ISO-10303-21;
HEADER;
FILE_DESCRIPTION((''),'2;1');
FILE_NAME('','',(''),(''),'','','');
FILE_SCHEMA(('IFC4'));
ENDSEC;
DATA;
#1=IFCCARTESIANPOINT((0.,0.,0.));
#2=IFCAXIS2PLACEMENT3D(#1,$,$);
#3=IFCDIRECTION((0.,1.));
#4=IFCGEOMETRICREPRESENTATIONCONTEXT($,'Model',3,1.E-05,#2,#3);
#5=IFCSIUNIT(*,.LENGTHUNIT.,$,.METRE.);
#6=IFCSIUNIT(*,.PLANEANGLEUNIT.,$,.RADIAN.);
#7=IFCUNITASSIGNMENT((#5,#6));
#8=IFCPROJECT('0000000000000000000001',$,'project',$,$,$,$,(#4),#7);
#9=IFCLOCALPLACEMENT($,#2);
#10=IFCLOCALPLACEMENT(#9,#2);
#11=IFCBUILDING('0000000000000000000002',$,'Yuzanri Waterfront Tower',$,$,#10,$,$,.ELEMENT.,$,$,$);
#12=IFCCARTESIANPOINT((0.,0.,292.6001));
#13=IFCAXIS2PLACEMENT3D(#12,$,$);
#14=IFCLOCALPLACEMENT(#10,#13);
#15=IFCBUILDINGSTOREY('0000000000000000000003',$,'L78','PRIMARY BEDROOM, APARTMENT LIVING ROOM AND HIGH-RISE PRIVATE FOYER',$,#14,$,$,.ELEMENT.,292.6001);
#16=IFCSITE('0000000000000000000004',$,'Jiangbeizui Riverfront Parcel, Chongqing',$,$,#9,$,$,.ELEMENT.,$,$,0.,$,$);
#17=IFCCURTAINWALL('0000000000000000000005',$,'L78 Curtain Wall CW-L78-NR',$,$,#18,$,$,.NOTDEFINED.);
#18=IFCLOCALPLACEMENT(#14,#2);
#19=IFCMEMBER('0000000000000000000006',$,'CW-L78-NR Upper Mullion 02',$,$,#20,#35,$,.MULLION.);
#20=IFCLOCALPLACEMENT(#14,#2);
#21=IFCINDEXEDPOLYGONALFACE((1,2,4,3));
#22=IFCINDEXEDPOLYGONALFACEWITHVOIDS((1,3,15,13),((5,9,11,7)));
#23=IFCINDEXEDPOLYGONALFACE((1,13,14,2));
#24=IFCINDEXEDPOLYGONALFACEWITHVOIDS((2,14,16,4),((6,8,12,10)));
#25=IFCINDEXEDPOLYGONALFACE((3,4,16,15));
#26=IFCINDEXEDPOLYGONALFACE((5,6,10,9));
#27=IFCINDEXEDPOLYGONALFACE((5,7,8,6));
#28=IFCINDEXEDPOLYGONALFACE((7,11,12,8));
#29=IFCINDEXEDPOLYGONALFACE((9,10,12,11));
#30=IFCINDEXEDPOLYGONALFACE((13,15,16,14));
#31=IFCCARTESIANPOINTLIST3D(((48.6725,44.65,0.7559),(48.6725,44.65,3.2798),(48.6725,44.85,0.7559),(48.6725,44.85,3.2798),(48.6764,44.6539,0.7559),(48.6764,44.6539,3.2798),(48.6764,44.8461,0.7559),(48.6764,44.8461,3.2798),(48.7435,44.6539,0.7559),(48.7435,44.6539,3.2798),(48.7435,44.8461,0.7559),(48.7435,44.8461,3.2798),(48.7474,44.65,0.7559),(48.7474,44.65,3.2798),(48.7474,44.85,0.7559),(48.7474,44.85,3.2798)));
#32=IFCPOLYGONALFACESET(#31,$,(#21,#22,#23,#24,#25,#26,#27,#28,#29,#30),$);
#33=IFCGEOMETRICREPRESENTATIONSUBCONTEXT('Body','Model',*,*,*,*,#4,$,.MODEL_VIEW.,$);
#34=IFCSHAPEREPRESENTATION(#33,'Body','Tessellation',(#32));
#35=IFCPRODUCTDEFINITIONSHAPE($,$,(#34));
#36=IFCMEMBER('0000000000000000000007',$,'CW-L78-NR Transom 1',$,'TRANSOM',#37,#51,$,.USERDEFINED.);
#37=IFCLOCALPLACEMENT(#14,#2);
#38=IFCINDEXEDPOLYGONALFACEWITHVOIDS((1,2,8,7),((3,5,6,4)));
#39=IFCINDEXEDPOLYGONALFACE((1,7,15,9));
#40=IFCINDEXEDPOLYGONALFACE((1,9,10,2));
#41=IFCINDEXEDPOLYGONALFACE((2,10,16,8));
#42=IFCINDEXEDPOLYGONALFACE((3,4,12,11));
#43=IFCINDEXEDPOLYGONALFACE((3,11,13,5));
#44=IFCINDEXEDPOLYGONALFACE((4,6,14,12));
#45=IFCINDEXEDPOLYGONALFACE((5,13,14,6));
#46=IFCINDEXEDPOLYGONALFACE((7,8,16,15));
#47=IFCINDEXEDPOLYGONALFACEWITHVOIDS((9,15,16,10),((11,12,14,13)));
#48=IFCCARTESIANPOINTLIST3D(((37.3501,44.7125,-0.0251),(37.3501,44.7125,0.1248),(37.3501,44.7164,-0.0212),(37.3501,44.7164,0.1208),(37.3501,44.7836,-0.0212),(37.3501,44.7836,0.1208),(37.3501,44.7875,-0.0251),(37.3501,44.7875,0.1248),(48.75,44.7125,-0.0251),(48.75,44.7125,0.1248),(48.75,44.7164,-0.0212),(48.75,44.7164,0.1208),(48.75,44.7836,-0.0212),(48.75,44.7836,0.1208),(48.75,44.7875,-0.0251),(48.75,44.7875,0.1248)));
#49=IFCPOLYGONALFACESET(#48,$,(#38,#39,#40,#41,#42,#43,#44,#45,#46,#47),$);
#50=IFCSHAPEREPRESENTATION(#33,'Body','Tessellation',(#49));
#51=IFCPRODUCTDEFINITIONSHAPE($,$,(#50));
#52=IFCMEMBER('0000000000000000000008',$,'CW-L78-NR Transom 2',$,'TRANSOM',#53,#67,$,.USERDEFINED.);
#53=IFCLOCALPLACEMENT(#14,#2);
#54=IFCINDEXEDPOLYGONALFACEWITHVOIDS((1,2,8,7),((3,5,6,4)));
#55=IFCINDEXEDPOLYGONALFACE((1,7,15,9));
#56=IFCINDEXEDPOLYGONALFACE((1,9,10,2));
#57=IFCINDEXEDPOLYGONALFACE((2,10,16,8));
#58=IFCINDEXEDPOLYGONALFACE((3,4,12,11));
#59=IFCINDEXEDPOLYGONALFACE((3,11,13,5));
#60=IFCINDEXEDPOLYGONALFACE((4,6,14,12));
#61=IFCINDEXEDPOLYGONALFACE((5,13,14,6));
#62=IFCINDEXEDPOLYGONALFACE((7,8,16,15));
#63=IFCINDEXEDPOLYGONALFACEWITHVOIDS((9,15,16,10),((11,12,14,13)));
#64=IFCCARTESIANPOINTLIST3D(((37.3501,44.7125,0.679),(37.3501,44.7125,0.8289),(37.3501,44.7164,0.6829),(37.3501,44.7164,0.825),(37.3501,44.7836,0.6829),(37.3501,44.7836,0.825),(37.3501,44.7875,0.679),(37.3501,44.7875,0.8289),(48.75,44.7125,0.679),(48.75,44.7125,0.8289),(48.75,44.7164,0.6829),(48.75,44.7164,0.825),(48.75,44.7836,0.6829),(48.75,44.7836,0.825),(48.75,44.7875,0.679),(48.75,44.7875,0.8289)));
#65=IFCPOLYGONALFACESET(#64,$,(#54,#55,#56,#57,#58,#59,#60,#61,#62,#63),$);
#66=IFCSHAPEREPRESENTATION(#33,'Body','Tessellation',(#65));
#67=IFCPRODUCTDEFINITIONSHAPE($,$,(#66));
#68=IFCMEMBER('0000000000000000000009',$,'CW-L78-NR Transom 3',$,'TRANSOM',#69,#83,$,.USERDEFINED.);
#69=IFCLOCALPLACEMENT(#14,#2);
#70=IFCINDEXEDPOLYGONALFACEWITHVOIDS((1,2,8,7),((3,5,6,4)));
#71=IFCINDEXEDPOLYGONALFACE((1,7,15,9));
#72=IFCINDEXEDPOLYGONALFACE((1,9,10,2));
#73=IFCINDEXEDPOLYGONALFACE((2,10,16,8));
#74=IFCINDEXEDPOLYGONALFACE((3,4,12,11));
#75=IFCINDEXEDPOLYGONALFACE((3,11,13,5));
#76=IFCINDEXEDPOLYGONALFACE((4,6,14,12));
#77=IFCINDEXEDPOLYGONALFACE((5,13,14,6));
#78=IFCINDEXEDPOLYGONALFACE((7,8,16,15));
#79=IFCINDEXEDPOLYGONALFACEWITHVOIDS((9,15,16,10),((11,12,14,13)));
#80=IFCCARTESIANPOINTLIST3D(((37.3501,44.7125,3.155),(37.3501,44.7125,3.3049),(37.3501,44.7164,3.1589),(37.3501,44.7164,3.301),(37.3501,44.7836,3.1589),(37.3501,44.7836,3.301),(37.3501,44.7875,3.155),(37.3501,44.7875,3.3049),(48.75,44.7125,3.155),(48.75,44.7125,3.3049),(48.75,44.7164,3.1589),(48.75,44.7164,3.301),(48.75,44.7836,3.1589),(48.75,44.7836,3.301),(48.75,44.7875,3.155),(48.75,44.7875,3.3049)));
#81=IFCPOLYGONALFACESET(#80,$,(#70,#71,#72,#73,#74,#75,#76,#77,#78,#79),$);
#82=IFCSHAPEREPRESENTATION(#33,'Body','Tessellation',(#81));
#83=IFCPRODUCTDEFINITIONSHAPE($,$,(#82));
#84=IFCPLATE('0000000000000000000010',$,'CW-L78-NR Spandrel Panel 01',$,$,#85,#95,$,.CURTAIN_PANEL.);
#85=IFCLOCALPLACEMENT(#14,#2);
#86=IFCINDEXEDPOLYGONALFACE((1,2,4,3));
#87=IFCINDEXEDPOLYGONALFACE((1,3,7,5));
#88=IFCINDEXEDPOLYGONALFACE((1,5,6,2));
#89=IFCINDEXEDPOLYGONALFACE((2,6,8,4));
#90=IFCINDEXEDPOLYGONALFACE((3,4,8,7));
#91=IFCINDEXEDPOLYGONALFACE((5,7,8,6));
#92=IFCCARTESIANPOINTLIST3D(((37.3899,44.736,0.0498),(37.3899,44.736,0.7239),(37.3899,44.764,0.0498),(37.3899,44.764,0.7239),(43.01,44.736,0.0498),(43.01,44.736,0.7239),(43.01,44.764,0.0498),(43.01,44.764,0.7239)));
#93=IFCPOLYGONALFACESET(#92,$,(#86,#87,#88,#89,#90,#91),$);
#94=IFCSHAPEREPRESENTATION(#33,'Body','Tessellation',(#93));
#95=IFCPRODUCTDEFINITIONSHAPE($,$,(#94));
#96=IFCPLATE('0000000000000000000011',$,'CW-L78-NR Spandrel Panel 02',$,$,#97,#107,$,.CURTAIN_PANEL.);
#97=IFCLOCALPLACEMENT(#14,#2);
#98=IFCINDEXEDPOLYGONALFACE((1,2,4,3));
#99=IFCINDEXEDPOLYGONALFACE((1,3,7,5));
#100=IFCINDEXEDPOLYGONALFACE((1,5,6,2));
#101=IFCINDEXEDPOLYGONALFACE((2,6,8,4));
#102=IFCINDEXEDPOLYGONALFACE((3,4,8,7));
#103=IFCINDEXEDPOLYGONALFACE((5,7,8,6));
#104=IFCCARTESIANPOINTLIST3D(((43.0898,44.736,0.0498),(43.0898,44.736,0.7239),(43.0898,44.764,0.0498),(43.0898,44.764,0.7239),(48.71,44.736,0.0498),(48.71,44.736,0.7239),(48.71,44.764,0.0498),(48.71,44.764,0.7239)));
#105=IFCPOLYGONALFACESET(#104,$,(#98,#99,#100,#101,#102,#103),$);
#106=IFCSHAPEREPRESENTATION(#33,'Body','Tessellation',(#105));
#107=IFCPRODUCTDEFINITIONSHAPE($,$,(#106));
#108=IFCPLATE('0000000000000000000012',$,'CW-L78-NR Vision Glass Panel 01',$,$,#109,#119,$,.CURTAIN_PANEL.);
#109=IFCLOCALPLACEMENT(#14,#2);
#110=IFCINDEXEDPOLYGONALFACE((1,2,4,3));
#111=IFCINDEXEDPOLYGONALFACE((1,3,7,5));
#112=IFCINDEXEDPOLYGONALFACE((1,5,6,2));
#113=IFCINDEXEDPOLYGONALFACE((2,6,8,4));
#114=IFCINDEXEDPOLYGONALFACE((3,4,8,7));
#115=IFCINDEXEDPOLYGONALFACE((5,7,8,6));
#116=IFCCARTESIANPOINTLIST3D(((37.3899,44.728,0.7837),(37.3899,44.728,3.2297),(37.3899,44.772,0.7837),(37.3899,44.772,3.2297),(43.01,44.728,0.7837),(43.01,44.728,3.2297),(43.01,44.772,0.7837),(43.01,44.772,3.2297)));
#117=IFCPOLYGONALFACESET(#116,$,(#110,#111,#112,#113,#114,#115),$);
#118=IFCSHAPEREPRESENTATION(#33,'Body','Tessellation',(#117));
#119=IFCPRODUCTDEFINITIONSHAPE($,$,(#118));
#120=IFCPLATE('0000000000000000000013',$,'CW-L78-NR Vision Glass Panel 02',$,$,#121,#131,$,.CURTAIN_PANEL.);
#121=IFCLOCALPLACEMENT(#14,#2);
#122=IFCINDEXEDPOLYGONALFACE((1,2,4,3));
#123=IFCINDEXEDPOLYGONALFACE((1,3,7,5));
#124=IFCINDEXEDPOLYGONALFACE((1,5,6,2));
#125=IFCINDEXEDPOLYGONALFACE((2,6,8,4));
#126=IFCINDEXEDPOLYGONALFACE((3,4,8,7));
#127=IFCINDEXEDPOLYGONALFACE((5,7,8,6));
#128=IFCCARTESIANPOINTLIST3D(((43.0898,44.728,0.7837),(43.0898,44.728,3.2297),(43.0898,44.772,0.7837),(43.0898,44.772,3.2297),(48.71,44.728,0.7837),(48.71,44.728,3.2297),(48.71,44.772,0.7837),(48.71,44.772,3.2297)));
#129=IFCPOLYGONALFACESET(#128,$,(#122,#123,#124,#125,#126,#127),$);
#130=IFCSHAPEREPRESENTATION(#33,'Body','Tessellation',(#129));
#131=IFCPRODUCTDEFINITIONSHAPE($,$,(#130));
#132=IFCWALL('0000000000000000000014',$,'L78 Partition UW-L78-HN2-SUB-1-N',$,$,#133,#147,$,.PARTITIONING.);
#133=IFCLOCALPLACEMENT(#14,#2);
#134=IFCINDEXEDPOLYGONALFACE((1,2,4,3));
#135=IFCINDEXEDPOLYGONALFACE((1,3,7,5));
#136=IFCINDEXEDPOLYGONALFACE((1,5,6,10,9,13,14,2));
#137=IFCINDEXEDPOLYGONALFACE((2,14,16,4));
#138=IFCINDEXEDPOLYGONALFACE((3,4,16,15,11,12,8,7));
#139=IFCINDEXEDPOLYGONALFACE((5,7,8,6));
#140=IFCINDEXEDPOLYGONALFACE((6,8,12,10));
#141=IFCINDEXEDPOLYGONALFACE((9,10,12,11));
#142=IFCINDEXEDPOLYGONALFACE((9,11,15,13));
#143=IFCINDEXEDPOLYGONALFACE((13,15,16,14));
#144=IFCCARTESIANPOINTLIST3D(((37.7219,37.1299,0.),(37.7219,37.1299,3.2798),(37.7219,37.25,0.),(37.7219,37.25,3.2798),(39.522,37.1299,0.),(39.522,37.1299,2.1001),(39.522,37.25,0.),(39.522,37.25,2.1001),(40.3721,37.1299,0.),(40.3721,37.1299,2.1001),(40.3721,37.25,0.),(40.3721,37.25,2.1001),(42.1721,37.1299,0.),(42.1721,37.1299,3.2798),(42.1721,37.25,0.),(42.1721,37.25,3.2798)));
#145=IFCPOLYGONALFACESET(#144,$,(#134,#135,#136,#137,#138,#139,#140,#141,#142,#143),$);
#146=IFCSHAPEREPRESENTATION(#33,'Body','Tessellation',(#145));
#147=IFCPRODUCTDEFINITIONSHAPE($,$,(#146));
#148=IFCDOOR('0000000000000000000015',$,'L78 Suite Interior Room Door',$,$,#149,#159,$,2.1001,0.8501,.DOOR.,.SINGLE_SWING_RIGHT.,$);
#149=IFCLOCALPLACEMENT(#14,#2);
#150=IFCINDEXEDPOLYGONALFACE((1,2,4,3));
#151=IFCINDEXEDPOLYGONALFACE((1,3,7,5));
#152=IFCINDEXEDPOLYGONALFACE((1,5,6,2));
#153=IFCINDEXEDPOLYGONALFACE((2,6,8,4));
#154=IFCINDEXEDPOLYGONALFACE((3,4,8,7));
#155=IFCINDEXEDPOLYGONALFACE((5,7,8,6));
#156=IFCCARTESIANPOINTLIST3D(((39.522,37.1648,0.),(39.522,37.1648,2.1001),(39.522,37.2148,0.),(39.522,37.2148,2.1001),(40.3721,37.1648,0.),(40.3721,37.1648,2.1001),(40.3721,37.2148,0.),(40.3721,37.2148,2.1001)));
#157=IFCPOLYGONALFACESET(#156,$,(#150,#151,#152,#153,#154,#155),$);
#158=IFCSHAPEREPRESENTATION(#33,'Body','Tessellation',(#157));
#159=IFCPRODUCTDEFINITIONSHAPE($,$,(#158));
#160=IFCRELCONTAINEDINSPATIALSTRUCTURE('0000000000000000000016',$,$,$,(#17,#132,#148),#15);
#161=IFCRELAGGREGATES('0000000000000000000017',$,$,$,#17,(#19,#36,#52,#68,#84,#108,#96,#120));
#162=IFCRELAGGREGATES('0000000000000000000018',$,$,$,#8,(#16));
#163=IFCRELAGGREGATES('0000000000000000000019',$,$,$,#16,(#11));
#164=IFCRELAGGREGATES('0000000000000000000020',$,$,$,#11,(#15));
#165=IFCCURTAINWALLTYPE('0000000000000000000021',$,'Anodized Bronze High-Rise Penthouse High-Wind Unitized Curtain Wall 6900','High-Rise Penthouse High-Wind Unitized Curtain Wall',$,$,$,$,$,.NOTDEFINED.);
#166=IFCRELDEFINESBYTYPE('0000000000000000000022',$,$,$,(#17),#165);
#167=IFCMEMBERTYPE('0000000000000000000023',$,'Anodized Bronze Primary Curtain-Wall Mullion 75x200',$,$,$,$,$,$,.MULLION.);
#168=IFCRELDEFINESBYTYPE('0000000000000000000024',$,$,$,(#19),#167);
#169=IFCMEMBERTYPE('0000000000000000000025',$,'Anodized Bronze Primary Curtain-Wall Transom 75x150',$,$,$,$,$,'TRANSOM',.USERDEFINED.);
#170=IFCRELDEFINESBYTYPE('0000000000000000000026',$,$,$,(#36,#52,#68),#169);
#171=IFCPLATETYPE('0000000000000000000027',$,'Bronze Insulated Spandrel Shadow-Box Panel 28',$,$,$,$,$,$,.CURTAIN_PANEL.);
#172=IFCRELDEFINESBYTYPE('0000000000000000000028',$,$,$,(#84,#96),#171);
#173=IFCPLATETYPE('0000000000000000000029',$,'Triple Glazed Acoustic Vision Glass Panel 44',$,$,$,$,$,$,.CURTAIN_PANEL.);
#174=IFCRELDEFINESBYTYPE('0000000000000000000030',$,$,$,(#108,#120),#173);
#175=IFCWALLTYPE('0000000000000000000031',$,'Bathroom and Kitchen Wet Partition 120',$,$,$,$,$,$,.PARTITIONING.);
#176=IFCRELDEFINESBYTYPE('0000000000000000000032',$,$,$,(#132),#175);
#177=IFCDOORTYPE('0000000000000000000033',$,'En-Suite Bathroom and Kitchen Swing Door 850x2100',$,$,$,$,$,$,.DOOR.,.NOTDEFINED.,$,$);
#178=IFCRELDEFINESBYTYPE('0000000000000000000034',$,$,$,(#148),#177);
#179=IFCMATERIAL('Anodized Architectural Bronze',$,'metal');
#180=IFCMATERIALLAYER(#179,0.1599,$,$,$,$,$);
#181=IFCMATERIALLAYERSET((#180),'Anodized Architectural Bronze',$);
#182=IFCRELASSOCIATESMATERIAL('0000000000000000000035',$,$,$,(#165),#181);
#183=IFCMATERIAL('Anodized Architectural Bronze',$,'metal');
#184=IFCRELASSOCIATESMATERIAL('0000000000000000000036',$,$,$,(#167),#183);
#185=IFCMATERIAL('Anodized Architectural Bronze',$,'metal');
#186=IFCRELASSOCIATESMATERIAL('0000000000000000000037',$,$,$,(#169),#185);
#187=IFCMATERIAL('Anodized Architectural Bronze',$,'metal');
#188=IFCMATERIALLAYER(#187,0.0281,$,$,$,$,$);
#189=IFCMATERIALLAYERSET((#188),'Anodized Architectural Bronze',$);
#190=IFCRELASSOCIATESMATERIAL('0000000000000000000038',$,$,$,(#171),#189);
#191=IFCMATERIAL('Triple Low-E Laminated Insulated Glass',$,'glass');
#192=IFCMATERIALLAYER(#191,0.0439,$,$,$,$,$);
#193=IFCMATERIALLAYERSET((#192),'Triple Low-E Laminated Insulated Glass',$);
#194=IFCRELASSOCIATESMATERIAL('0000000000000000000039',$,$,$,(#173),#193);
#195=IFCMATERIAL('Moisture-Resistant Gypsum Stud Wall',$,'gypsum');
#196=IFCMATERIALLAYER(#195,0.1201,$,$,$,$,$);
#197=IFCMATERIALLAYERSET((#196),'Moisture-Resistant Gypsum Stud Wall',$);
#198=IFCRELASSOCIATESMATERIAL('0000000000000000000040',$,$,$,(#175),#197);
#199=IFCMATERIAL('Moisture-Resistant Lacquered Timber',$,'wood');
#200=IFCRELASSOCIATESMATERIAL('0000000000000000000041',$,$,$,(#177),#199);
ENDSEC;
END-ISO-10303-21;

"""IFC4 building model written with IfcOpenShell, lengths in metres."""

from ifc_helpers import new_model, si_unit, direction, frame, frame_2d, origin, origin_2d, place, context, subcontext, project, spatial, rectangle, hollow_rectangle, extrude, source, transform, mapped, material, layer, layer_set, material_profile, profile_set, type_object, element, fill, aggregate, save


model = new_model("IFC4")

# Units and contexts
model_context = context("Model", 3, precision=1e-05, world=origin(), true_north=direction((0.0, 1.0)))
body_context = subcontext(model_context, "Body", "Model", "MODEL_VIEW")
ifc_project = project(units=[si_unit("LENGTHUNIT", "METRE"), si_unit("PLANEANGLEUNIT", "RADIAN")], contexts=[model_context])

# Site, building, storey
site_placement = place(None, origin())
site = spatial("IfcSite", under=ifc_project, at=site_placement, Name="Jiangbeizui Riverfront Parcel, Chongqing", CompositionType="ELEMENT", RefElevation=0.0)
building_placement = place(site_placement, origin())
building = spatial("IfcBuilding", under=site, at=building_placement, Name="Yuzanri Waterfront Tower", CompositionType="ELEMENT")
storey_placement = place(building_placement, frame((0.0, 0.0, 292.6001)))
storey = spatial("IfcBuildingStorey", under=building, at=storey_placement, Name="L78", Description="PRIMARY BEDROOM, APARTMENT LIVING ROOM AND HIGH-RISE PRIVATE FOYER", CompositionType="ELEMENT", Elevation=292.6001)

# Curtain wall
ifc_material_1 = material(Name="Anodized Architectural Bronze", Category="metal")
ifc_layer_1 = layer(ifc_material_1, 0.1599)
ifc_layer_set_1 = layer_set([ifc_layer_1], Name="Anodized Architectural Bronze")
curtain_wall_type = type_object("IfcCurtainWallType", Name="Anodized Bronze High-Rise Penthouse High-Wind Unitized Curtain Wall 6900", Description="High-Rise Penthouse High-Wind Unitized Curtain Wall", PredefinedType="NOTDEFINED", material=ifc_layer_set_1)
curtain_wall_1_placement = place(storey_placement, origin())
curtain_wall_1 = element("IfcCurtainWall", 1, at=curtain_wall_1_placement, inside=storey, type_object=curtain_wall_type, Name="L78 Curtain Wall CW-L78-NR", PredefinedType="NOTDEFINED")
ifc_material_2 = material(Name="Anodized Architectural Bronze", Category="metal")
ifc_material_profile_1 = material_profile(ifc_material_2, hollow_rectangle(XDim=0.075, YDim=0.2, WallThickness=0.0039, at=origin_2d()), Name="CWM 75x200")
ifc_profile_set_1 = profile_set([ifc_material_profile_1], Name="Anodized Architectural Bronze")
member_type_1 = type_object("IfcMemberType", Name="Anodized Bronze Primary Curtain-Wall Mullion 75x200", PredefinedType="MULLION", material=ifc_profile_set_1)

# Shared definitions
shared_shape_1 = source(origin(), body_context, "Body", "SweptSolid", [
    extrude(hollow_rectangle(XDim=0.075, YDim=0.2, WallThickness=0.0039, at=origin_2d()), origin(), (0.0, 0.0, 1.0), 2.5239),
])

# Members
member_1_placement = place(storey_placement, frame((48.71, 44.75, 0.7559), z_axis=(0.0, 0.0, 1.0), x_axis=(1.0, 0.0, 0.0)))
member_1 = element("IfcMember", 2, at=member_1_placement, type_object=member_type_1, Name="CW-L78-NR Upper Mullion 02", PredefinedType="MULLION", context=body_context, shape_type="MappedRepresentation", body=[
    mapped(shared_shape_1, transform((0.0, 0.0, 0.0), scale=1.0)),
])
ifc_material_3 = material(Name="Anodized Architectural Bronze", Category="metal")
ifc_material_profile_2 = material_profile(ifc_material_3, hollow_rectangle(XDim=0.075, YDim=0.1499, WallThickness=0.0039, at=origin_2d()), Name="CWT 75x150")
ifc_profile_set_2 = profile_set([ifc_material_profile_2], Name="Anodized Architectural Bronze")
member_type_2 = type_object("IfcMemberType", Name="Anodized Bronze Primary Curtain-Wall Transom 75x150", ElementType="TRANSOM", PredefinedType="USERDEFINED", material=ifc_profile_set_2)
shared_shape_2 = source(origin(), body_context, "Body", "SweptSolid", [
    extrude(hollow_rectangle(XDim=0.075, YDim=0.1499, WallThickness=0.0039, at=origin_2d()), origin(), (0.0, 0.0, 1.0), 11.3999),
])
member_2_placement = place(storey_placement, frame((37.3501, 44.75, 0.0498), z_axis=(1.0, 0.0, 0.0), x_axis=(0.0, 1.0, 0.0)))
member_2 = element("IfcMember", 3, at=member_2_placement, type_object=member_type_2, Name="CW-L78-NR Transom 1", ObjectType="TRANSOM", PredefinedType="USERDEFINED", context=body_context, shape_type="MappedRepresentation", body=[
    mapped(shared_shape_2, transform((0.0, 0.0, 0.0), scale=1.0)),
])
member_3_placement = place(storey_placement, frame((37.3501, 44.75, 0.7539), z_axis=(1.0, 0.0, 0.0), x_axis=(0.0, 1.0, 0.0)))
member_3 = element("IfcMember", 4, at=member_3_placement, type_object=member_type_2, Name="CW-L78-NR Transom 2", ObjectType="TRANSOM", PredefinedType="USERDEFINED", context=body_context, shape_type="MappedRepresentation", body=[
    mapped(shared_shape_2, transform((0.0, 0.0, 0.0), scale=1.0)),
])
member_4_placement = place(storey_placement, frame((37.3501, 44.75, 3.23), z_axis=(1.0, 0.0, 0.0), x_axis=(0.0, 1.0, 0.0)))
member_4 = element("IfcMember", 5, at=member_4_placement, type_object=member_type_2, Name="CW-L78-NR Transom 3", ObjectType="TRANSOM", PredefinedType="USERDEFINED", context=body_context, shape_type="MappedRepresentation", body=[
    mapped(shared_shape_2, transform((0.0, 0.0, 0.0), scale=1.0)),
])

# Plates
ifc_material_4 = material(Name="Anodized Architectural Bronze", Category="metal")
ifc_layer_2 = layer(ifc_material_4, 0.0281)
ifc_layer_set_2 = layer_set([ifc_layer_2], Name="Anodized Architectural Bronze")
plate_type_1 = type_object("IfcPlateType", Name="Bronze Insulated Spandrel Shadow-Box Panel 28", PredefinedType="CURTAIN_PANEL", material=ifc_layer_set_2)
shared_shape_3 = source(origin(), body_context, "Body", "SweptSolid", [
    extrude(rectangle(XDim=5.6201, YDim=0.0281, at=origin_2d()), origin(), (0.0, 0.0, 1.0), 0.6741),
])
plate_1_placement = place(storey_placement, frame((40.2, 44.75, 0.0498), z_axis=(0.0, 0.0, 1.0), x_axis=(1.0, 0.0, 0.0)))
plate_1 = element("IfcPlate", 6, at=plate_1_placement, type_object=plate_type_1, Name="CW-L78-NR Spandrel Panel 01", PredefinedType="CURTAIN_PANEL", context=body_context, shape_type="MappedRepresentation", body=[
    mapped(shared_shape_3, transform((0.0, 0.0, 0.0), scale=1.0)),
])
plate_2_placement = place(storey_placement, frame((45.8999, 44.75, 0.0498), z_axis=(0.0, 0.0, 1.0), x_axis=(1.0, 0.0, 0.0)))
plate_2 = element("IfcPlate", 7, at=plate_2_placement, type_object=plate_type_1, Name="CW-L78-NR Spandrel Panel 02", PredefinedType="CURTAIN_PANEL", context=body_context, shape_type="MappedRepresentation", body=[
    mapped(shared_shape_3, transform((0.0, 0.0, 0.0), scale=1.0)),
])
ifc_material_5 = material(Name="Triple Low-E Laminated Insulated Glass", Category="glass")
ifc_layer_3 = layer(ifc_material_5, 0.0439)
ifc_layer_set_3 = layer_set([ifc_layer_3], Name="Triple Low-E Laminated Insulated Glass")
plate_type_2 = type_object("IfcPlateType", Name="Triple Glazed Acoustic Vision Glass Panel 44", PredefinedType="CURTAIN_PANEL", material=ifc_layer_set_3)
shared_shape_4 = source(origin(), body_context, "Body", "SweptSolid", [
    extrude(rectangle(XDim=5.6201, YDim=0.0439, at=origin_2d()), origin(), (0.0, 0.0, 1.0), 2.446),
])
plate_3_placement = place(storey_placement, frame((40.2, 44.75, 0.7837), z_axis=(0.0, 0.0, 1.0), x_axis=(1.0, 0.0, 0.0)))
plate_3 = element("IfcPlate", 8, at=plate_3_placement, type_object=plate_type_2, Name="CW-L78-NR Vision Glass Panel 01", PredefinedType="CURTAIN_PANEL", context=body_context, shape_type="MappedRepresentation", body=[
    mapped(shared_shape_4, transform((0.0, 0.0, 0.0), scale=1.0)),
])
plate_4_placement = place(storey_placement, frame((45.8999, 44.75, 0.7837), z_axis=(0.0, 0.0, 1.0), x_axis=(1.0, 0.0, 0.0)))
plate_4 = element("IfcPlate", 9, at=plate_4_placement, type_object=plate_type_2, Name="CW-L78-NR Vision Glass Panel 02", PredefinedType="CURTAIN_PANEL", context=body_context, shape_type="MappedRepresentation", body=[
    mapped(shared_shape_4, transform((0.0, 0.0, 0.0), scale=1.0)),
])
aggregate(curtain_wall_1, [member_1, member_2, member_3, member_4, plate_1, plate_3, plate_2, plate_4])

# Wall, opening, door
ifc_material_6 = material(Name="Moisture-Resistant Gypsum Stud Wall", Category="gypsum")
ifc_layer_4 = layer(ifc_material_6, 0.1201)
ifc_layer_set_4 = layer_set([ifc_layer_4], Name="Moisture-Resistant Gypsum Stud Wall")
wall_type = type_object("IfcWallType", Name="Bathroom and Kitchen Wet Partition 120", PredefinedType="PARTITIONING", material=ifc_layer_set_4)
wall_1_placement = place(storey_placement, frame((37.7219, 37.1899, 0.0), z_axis=(0.0, 0.0, 1.0), x_axis=(1.0, 0.0, 0.0)))
wall_1 = element("IfcWall", 10, at=wall_1_placement, inside=storey, type_object=wall_type, Name="L78 Partition UW-L78-HN2-SUB-1-N", PredefinedType="PARTITIONING", context=body_context, shape_type="SweptSolid", body=[
    extrude(rectangle(XDim=4.4502, YDim=0.1201, at=frame_2d((2.2251, 0.0))), origin(), (0.0, 0.0, 1.0), 3.2798),
])
opening_1_placement = place(wall_1_placement, frame((1.8, 0.0, 0.0)))
opening_1 = element("IfcOpeningElement", 11, at=opening_1_placement, cuts=wall_1, PredefinedType="OPENING", context=body_context, shape_type="SweptSolid", body=[
    extrude(rectangle(XDim=0.8501, YDim=2.1001, at=frame_2d((0.425, 1.05))), frame((0.0, 0.075, 0.0), z_axis=(0.0, -1.0, 0.0), x_axis=(1.0, 0.0, 0.0)), (0.0, 0.0, 1.0), 0.1499),
])
ifc_material_7 = material(Name="Moisture-Resistant Lacquered Timber", Category="wood")
door_type_1 = type_object("IfcDoorType", Name="En-Suite Bathroom and Kitchen Swing Door 850x2100", OperationType="NOTDEFINED", PredefinedType="DOOR", material=ifc_material_7)
shared_shape_5 = source(origin(), body_context, "Body", "SweptSolid", [
    extrude(rectangle(XDim=0.8501, YDim=2.1001, at=frame_2d((0.425, 1.05))), frame((0.0, 0.0249, 0.0), z_axis=(0.0, -1.0, 0.0), x_axis=(1.0, 0.0, 0.0)), (0.0, 0.0, 1.0), 0.05),
])
door_1_placement = place(opening_1_placement, origin())
door_1 = element("IfcDoor", 12, at=door_1_placement, inside=storey, type_object=door_type_1, Name="L78 Suite Interior Room Door", OperationType="SINGLE_SWING_RIGHT", OverallHeight=2.1001, OverallWidth=0.8501, PredefinedType="DOOR", context=body_context, shape_type="MappedRepresentation", body=[
    mapped(shared_shape_5, transform((0.0, 0.0, 0.0), scale=1.0)),
])
fill(opening_1, door_1)

save(model, "model.ifc")
